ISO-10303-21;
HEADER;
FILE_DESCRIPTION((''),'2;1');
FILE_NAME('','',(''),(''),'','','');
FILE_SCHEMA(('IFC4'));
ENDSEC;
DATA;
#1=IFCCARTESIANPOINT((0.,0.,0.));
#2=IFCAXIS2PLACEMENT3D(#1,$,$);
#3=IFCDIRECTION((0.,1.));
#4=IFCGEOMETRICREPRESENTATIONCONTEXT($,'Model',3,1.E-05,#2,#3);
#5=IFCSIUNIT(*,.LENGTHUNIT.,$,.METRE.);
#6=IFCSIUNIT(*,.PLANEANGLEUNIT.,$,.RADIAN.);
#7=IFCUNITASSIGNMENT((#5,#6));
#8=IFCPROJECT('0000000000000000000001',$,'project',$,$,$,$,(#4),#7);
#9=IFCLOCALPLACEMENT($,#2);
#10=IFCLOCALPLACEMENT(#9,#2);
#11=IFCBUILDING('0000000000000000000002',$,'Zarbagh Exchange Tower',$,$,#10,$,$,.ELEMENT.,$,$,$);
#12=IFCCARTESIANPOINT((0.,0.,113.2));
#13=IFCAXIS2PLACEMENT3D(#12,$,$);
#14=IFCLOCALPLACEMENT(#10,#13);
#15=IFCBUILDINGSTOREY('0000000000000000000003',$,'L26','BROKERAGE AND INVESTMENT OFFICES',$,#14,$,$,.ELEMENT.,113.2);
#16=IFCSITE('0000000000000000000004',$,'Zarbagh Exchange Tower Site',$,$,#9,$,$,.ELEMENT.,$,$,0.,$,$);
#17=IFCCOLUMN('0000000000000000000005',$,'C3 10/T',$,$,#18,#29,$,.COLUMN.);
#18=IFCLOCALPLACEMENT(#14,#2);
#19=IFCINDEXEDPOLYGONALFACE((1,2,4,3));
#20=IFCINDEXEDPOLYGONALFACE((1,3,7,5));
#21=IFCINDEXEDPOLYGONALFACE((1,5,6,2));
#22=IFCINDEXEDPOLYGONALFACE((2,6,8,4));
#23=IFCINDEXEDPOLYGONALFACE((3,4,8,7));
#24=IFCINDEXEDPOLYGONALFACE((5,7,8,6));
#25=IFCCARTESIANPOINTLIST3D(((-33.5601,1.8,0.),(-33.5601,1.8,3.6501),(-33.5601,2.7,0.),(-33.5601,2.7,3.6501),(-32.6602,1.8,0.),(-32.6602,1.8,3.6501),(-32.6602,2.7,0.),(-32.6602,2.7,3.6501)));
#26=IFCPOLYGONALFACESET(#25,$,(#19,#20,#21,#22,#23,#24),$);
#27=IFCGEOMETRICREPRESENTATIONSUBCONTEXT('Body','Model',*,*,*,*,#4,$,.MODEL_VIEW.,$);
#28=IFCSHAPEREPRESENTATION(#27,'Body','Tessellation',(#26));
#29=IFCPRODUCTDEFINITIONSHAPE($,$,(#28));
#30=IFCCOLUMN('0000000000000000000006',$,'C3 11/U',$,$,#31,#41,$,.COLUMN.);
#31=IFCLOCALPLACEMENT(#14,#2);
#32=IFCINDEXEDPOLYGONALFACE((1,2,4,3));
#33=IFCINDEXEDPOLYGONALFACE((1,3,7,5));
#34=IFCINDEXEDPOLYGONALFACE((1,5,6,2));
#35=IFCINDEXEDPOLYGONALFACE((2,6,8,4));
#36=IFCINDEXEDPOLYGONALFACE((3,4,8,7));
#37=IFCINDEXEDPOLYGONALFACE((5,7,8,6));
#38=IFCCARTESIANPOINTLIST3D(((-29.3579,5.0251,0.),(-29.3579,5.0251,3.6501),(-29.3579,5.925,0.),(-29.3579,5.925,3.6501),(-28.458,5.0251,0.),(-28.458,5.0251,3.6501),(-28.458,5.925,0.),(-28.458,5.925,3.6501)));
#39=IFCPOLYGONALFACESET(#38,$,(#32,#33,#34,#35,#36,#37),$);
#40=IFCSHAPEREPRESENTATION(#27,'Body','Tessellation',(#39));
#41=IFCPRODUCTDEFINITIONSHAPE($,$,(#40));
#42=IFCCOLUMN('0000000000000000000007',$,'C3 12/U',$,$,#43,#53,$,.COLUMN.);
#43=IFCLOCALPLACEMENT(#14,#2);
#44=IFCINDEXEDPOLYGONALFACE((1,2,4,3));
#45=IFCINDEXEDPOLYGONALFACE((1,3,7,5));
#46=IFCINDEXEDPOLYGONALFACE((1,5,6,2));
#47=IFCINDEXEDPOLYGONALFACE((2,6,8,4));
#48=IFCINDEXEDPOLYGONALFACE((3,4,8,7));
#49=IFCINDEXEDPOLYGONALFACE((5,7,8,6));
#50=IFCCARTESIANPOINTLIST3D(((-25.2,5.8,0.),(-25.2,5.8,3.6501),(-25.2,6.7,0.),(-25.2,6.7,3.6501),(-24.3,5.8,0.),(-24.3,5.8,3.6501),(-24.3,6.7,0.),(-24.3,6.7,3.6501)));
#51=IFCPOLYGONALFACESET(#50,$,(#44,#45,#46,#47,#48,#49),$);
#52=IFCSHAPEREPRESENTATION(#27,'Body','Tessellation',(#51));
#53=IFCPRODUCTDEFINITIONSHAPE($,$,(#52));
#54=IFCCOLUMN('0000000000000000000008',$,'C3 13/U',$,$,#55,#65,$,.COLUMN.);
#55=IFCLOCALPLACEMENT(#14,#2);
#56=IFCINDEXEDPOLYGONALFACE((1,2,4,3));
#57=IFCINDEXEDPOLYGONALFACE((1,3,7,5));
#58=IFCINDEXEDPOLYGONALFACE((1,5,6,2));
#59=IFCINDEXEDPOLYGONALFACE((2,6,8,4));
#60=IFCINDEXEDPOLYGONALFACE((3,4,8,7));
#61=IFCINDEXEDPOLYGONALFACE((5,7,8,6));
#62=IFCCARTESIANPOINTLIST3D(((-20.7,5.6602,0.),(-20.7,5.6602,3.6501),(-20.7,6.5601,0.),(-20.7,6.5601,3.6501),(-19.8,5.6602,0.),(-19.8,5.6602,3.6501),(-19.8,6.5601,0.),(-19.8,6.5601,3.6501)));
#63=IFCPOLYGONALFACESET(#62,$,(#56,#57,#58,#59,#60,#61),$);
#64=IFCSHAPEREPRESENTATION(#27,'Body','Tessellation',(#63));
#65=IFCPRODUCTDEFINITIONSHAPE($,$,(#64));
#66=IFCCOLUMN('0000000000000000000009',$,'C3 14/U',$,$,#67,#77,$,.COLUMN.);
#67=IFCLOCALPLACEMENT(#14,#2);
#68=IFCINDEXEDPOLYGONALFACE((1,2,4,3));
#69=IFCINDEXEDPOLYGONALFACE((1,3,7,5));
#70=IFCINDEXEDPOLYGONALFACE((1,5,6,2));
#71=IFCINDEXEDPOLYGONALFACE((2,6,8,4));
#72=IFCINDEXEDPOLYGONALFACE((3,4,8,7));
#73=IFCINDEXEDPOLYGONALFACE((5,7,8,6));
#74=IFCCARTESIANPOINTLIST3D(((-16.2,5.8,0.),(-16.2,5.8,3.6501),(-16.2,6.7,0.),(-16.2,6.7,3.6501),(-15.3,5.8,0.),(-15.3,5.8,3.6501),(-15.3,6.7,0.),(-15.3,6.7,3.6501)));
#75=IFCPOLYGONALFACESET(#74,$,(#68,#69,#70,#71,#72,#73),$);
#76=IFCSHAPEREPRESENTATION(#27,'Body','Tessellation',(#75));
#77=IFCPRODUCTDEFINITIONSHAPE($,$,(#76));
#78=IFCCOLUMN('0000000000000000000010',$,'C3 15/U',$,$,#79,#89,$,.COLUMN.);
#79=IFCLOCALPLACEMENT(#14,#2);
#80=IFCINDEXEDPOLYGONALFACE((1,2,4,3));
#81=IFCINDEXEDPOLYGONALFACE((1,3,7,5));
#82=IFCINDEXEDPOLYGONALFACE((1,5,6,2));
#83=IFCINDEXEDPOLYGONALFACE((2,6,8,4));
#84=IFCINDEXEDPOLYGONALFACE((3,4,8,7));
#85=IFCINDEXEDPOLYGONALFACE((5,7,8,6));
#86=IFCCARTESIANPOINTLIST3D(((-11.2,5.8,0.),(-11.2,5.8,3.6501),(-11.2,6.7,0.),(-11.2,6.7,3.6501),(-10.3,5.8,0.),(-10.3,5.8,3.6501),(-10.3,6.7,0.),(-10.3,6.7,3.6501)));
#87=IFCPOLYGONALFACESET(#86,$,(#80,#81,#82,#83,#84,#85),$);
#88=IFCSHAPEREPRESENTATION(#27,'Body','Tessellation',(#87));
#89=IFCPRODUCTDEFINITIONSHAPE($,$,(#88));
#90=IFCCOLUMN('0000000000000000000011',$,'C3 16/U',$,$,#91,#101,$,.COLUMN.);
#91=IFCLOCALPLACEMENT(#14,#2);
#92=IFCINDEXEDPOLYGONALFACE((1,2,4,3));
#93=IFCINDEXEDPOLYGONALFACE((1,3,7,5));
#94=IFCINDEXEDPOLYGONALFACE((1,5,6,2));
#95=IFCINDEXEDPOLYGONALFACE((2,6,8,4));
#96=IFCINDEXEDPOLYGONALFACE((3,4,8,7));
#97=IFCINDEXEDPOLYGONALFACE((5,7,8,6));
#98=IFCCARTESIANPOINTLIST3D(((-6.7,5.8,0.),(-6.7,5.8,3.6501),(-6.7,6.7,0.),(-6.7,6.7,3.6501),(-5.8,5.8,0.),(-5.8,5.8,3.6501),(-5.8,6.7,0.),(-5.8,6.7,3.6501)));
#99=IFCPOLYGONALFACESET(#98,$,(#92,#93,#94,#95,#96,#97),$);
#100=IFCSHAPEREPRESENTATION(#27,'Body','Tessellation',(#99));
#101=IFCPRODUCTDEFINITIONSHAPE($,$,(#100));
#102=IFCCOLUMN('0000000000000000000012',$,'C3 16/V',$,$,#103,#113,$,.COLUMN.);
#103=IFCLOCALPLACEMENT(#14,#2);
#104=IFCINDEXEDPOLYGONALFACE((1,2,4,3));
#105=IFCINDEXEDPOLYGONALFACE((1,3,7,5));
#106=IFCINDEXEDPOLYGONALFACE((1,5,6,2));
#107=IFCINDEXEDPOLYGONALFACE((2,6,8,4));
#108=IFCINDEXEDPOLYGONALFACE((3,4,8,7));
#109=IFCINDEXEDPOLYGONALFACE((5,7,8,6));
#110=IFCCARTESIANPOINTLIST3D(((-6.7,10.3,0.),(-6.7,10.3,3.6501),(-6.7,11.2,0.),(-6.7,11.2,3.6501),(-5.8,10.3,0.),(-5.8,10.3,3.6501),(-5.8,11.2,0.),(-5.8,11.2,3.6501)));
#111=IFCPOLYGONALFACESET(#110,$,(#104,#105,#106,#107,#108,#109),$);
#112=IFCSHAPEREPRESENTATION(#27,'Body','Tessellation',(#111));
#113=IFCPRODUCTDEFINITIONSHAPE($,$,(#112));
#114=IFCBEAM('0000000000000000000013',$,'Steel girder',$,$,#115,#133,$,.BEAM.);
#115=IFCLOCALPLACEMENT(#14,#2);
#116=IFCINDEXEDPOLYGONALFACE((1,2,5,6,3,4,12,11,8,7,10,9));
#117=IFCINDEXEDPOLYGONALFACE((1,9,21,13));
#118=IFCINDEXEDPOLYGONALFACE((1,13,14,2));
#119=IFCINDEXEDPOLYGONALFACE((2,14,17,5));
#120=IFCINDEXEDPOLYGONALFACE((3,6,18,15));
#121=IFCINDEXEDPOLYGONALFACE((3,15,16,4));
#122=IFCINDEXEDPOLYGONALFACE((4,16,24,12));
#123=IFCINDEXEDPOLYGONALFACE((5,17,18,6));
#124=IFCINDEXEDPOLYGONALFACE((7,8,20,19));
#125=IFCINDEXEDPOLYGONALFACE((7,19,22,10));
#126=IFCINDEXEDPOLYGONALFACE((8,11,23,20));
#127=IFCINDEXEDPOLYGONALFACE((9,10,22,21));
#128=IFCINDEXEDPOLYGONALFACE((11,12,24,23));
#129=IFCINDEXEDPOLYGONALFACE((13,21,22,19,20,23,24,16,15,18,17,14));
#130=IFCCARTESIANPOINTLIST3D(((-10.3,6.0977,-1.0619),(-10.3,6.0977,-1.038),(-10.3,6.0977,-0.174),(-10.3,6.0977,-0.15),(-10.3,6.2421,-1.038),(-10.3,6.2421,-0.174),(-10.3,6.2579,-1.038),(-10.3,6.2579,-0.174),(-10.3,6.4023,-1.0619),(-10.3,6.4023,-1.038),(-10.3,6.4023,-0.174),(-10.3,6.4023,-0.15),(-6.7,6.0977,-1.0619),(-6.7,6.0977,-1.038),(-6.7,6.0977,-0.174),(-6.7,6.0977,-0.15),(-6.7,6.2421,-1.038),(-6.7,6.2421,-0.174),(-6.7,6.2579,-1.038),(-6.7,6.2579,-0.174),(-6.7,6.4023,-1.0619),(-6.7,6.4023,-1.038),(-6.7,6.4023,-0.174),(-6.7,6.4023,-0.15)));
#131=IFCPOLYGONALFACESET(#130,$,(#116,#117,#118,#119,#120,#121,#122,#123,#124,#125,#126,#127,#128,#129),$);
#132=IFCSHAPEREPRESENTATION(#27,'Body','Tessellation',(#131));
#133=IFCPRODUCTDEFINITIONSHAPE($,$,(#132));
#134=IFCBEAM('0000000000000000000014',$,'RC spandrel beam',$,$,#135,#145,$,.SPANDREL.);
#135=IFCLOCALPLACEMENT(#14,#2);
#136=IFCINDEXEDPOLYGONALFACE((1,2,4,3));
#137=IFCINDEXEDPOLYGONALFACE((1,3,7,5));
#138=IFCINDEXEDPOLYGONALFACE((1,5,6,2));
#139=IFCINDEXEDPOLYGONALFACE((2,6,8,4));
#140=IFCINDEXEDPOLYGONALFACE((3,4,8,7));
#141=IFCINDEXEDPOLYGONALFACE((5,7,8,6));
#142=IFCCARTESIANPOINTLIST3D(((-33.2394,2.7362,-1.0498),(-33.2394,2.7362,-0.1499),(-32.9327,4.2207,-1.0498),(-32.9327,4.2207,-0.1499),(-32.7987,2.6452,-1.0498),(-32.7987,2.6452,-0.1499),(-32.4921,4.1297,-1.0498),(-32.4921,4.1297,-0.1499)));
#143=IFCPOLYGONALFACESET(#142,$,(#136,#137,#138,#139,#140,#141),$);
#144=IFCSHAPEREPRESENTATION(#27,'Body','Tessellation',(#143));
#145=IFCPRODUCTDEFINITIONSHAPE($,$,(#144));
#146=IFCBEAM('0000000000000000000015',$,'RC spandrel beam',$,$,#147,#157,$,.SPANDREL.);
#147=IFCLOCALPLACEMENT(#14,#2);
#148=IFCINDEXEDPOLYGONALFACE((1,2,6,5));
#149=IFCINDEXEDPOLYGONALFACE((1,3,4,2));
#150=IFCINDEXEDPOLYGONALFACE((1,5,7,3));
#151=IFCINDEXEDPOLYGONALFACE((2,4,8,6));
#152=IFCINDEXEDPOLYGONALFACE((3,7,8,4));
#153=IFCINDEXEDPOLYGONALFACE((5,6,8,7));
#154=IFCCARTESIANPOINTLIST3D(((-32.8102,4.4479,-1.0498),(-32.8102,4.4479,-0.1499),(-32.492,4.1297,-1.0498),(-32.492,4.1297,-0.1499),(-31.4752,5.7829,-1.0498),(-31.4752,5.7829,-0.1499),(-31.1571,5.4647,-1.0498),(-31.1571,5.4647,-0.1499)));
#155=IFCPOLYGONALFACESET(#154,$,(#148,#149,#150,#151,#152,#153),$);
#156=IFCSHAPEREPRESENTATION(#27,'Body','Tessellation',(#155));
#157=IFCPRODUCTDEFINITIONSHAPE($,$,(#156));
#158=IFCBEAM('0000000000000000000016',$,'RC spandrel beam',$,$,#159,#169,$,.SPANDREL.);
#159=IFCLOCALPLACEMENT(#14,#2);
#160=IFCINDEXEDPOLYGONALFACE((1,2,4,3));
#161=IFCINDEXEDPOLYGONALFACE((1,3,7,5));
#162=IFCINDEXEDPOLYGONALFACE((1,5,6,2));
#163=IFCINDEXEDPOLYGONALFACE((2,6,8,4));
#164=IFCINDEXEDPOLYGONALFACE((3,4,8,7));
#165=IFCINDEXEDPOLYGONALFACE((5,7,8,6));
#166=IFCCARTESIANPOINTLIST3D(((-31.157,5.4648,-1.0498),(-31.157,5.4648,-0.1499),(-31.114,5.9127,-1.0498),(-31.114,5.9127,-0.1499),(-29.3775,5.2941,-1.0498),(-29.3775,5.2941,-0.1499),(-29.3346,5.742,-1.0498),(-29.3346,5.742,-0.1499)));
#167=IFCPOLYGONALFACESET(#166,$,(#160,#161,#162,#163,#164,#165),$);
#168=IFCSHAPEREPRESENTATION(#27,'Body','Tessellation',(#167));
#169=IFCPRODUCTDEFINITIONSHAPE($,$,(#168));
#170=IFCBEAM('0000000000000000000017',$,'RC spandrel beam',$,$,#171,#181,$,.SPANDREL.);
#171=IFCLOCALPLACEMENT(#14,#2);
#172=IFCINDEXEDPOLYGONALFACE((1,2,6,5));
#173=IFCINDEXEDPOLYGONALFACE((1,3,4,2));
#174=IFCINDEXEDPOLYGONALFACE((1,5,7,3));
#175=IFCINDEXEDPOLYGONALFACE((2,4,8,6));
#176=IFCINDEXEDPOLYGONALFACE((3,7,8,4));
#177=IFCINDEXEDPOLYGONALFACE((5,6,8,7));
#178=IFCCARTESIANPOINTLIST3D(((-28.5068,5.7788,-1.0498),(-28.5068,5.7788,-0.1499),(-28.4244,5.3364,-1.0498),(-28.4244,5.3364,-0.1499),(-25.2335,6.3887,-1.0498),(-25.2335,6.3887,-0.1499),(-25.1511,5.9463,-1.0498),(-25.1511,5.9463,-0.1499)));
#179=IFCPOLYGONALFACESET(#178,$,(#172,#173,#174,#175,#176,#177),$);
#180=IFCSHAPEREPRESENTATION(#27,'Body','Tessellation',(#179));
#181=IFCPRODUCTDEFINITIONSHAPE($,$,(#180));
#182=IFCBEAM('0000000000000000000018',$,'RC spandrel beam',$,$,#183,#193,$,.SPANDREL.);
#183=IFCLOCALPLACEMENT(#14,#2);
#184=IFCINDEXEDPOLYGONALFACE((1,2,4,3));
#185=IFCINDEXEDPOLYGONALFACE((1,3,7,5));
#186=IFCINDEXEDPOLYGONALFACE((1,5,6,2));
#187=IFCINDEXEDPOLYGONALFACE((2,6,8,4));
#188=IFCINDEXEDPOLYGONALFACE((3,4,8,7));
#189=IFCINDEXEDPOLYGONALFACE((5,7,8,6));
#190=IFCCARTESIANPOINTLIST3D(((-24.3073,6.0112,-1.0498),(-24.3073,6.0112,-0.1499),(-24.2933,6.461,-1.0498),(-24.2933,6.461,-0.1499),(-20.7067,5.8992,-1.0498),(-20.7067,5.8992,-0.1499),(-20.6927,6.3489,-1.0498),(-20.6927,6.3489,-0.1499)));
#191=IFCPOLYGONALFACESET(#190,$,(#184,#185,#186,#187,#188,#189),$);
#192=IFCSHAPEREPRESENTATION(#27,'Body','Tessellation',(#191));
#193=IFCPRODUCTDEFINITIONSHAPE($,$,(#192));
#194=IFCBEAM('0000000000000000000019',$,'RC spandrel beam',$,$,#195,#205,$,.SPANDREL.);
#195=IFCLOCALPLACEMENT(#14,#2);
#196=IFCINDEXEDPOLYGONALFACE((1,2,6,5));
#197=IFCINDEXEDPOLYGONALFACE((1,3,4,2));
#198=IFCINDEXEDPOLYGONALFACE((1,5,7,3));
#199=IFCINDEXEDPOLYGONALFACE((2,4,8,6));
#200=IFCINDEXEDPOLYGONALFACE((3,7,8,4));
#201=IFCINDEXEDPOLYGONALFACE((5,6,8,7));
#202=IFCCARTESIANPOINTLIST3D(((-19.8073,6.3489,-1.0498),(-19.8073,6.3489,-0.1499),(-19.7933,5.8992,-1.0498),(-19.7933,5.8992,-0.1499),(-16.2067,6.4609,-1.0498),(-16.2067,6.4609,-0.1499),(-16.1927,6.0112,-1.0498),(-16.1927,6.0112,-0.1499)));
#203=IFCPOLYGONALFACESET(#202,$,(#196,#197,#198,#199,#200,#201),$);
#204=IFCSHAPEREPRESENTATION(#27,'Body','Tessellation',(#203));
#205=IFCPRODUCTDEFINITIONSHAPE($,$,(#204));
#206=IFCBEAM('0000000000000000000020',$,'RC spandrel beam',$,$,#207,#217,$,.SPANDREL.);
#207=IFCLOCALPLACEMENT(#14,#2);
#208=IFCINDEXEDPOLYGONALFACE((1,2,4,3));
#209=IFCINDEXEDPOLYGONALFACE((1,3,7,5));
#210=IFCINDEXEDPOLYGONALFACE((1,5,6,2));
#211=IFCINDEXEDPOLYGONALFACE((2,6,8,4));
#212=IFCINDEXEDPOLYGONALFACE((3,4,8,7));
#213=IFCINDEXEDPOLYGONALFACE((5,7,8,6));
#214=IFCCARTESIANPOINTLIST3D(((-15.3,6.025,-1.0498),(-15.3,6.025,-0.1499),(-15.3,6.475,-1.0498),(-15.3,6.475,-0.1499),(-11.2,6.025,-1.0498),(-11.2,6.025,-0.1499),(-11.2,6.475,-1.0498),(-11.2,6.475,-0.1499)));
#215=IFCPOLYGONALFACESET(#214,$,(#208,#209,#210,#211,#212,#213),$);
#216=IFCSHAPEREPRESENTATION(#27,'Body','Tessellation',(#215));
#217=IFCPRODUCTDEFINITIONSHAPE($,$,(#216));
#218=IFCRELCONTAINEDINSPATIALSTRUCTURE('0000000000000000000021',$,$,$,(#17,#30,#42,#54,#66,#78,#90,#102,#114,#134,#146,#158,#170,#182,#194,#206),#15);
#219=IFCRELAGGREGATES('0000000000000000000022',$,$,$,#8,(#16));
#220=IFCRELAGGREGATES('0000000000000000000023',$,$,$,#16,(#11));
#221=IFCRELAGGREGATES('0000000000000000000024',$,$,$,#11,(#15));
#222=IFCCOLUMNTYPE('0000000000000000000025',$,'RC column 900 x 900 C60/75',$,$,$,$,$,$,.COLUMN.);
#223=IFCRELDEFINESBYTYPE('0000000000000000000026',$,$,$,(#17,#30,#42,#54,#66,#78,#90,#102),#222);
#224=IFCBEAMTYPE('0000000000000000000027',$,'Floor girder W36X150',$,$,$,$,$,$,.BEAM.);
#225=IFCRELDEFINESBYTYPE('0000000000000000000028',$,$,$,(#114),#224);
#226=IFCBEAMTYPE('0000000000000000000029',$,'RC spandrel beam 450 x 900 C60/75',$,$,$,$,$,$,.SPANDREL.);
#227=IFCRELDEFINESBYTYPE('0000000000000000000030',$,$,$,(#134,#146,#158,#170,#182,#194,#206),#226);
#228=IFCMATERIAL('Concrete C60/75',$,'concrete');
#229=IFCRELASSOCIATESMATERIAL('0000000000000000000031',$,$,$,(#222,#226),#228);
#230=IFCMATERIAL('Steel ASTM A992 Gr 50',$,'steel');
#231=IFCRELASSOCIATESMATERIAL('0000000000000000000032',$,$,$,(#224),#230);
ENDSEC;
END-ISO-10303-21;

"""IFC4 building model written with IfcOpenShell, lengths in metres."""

from ifc_helpers import new_model, si_unit, direction, frame, origin, origin_2d, place, context, subcontext, project, spatial, rectangle, i_section, extrude, material, material_profile, profile_set, type_object, element, save


model = new_model("IFC4")

# Units and contexts
model_context = context("Model", 3, precision=1e-05, world=origin(), true_north=direction((0.0, 1.0)))
body_context = subcontext(model_context, "Body", "Model", "MODEL_VIEW")
ifc_project = project(units=[si_unit("LENGTHUNIT", "METRE"), si_unit("PLANEANGLEUNIT", "RADIAN")], contexts=[model_context])

# Site, building, storey
site_placement = place(None, origin())
site = spatial("IfcSite", under=ifc_project, at=site_placement, Name="Zarbagh Exchange Tower Site", CompositionType="ELEMENT", RefElevation=0.0)
building_placement = place(site_placement, origin())
building = spatial("IfcBuilding", under=site, at=building_placement, Name="Zarbagh Exchange Tower", CompositionType="ELEMENT")
storey_placement = place(building_placement, frame((0.0, 0.0, 113.2)))
storey = spatial("IfcBuildingStorey", under=building, at=storey_placement, Name="L26", Description="BROKERAGE AND INVESTMENT OFFICES", CompositionType="ELEMENT", Elevation=113.2)

# Columns
ifc_material_1 = material(Name="Concrete C60/75", Category="concrete")
ifc_material_profile_1 = material_profile(ifc_material_1, rectangle(XDim=0.8999, YDim=0.8999, at=origin_2d()), Name="RC column 900 x 900 C60/75")
ifc_profile_set_1 = profile_set([ifc_material_profile_1], Name="Concrete C60/75")
column_type = type_object("IfcColumnType", Name="RC column 900 x 900 C60/75", PredefinedType="COLUMN", material=ifc_profile_set_1)
for number, where, z_axis, x_axis, name in (
    (1, (-33.1101, 2.25, 0.0), (0.0, 0.0, 1.0), (1.0, 0.0, 0.0), "C3 10/T"),
    (2, (-28.908, 5.4751, 0.0), (0.0, 0.0, 1.0), (1.0, 0.0, 0.0), "C3 11/U"),
    (3, (-24.75, 6.25, 0.0), (0.0, 0.0, 1.0), (1.0, 0.0, 0.0), "C3 12/U"),
    (4, (-20.25, 6.1101, 0.0), (0.0, 0.0, 1.0), (1.0, 0.0, 0.0), "C3 13/U"),
    (5, (-15.75, 6.25, 0.0), (0.0, 0.0, 1.0), (1.0, 0.0, 0.0), "C3 14/U"),
    (6, (-10.75, 6.25, 0.0), (0.0, 0.0, 1.0), (1.0, 0.0, 0.0), "C3 15/U"),
    (7, (-6.25, 6.25, 0.0), (0.0, 0.0, 1.0), (1.0, 0.0, 0.0), "C3 16/U"),
    (8, (-6.25, 10.75, 0.0), (0.0, 0.0, 1.0), (1.0, 0.0, 0.0), "C3 16/V"),
):
    element("IfcColumn", number, at=place(storey_placement, frame(where, z_axis=z_axis, x_axis=x_axis)), inside=storey, type_object=column_type, Name=name, PredefinedType="COLUMN", context=body_context, shape_type="SweptSolid", body=[
        extrude(rectangle(XDim=0.8999, YDim=0.8999, at=origin_2d()), origin(), (0.0, 0.0, 1.0), 3.6501),
    ])

# Beams
ifc_material_2 = material(Name="Steel ASTM A992 Gr 50", Category="steel")
ifc_material_profile_2 = material_profile(ifc_material_2, i_section(OverallWidth=0.3047, OverallDepth=0.9119, WebThickness=0.0159, FlangeThickness=0.0239, at=origin_2d()), Name="W36X150")
ifc_profile_set_2 = profile_set([ifc_material_profile_2], Name="Steel ASTM A992 Gr 50")
beam_type_1 = type_object("IfcBeamType", Name="Floor girder W36X150", PredefinedType="BEAM", material=ifc_profile_set_2)
beam_1_placement = place(storey_placement, frame((-10.3, 6.25, -0.606), z_axis=(1.0, 0.0, 0.0), x_axis=(0.0, 1.0, 0.0)))
element("IfcBeam", 9, at=beam_1_placement, inside=storey, type_object=beam_type_1, Name="Steel girder", PredefinedType="BEAM", context=body_context, shape_type="SweptSolid", body=[
    extrude(i_section(OverallWidth=0.3047, OverallDepth=0.9119, WebThickness=0.0159, FlangeThickness=0.0239, at=origin_2d()), origin(), (0.0, 0.0, 1.0), 3.6001),
])
ifc_material_profile_3 = material_profile(ifc_material_1, rectangle(XDim=0.45, YDim=0.8999, at=origin_2d()), Name="RC spandrel beam 450 x 900 C60/75")
ifc_profile_set_3 = profile_set([ifc_material_profile_3], Name="Concrete C60/75")
beam_type_2 = type_object("IfcBeamType", Name="RC spandrel beam 450 x 900 C60/75", PredefinedType="SPANDREL", material=ifc_profile_set_3)
beam_2_placement = place(storey_placement, frame((-33.019, 2.6907, -0.5999), z_axis=(0.202275, 0.979329, 0.0), x_axis=(-0.979329, 0.202275, 0.0)))
element("IfcBeam", 10, at=beam_2_placement, inside=storey, type_object=beam_type_2, Name="RC spandrel beam", PredefinedType="SPANDREL", context=body_context, shape_type="SweptSolid", body=[
    extrude(rectangle(XDim=0.45, YDim=0.8999, at=origin_2d()), origin(), (0.0, 0.0, 1.0), 1.5159),
])
beam_3_placement = place(storey_placement, frame((-32.6511, 4.2888, -0.5999), z_axis=(0.707107, 0.707107, 0.0), x_axis=(-0.707107, 0.707107, 0.0)))
element("IfcBeam", 11, at=beam_3_placement, inside=storey, type_object=beam_type_2, Name="RC spandrel beam", PredefinedType="SPANDREL", context=body_context, shape_type="SweptSolid", body=[
    extrude(rectangle(XDim=0.45, YDim=0.8999, at=origin_2d()), origin(), (0.0, 0.0, 1.0), 1.8879),
])
beam_4_placement = place(storey_placement, frame((-31.1355, 5.6887, -0.5999), z_axis=(0.995433, -0.09546, 0.0), x_axis=(0.09546, 0.995433, 0.0)))
element("IfcBeam", 12, at=beam_4_placement, inside=storey, type_object=beam_type_2, Name="RC spandrel beam", PredefinedType="SPANDREL", context=body_context, shape_type="SweptSolid", body=[
    extrude(rectangle(XDim=0.45, YDim=0.8999, at=origin_2d()), origin(), (0.0, 0.0, 1.0), 1.7876),
])
beam_5_placement = place(storey_placement, frame((-28.4656, 5.5576, -0.5999), z_axis=(0.983082, 0.183168, 0.0), x_axis=(-0.183168, 0.983082, 0.0)))
element("IfcBeam", 13, at=beam_5_placement, inside=storey, type_object=beam_type_2, Name="RC spandrel beam", PredefinedType="SPANDREL", context=body_context, shape_type="SweptSolid", body=[
    extrude(rectangle(XDim=0.45, YDim=0.8999, at=origin_2d()), origin(), (0.0, 0.0, 1.0), 3.3296),
])
for number, where, z_axis, x_axis, name in (
    (14, (-24.3003, 6.2361, -0.5999), (0.999516, -0.031108, 0.0), (0.031108, 0.999516, 0.0), "RC spandrel beam"),
    (15, (-19.8003, 6.124, -0.5999), (0.999516, 0.031108, 0.0), (-0.031108, 0.999516, 0.0), "RC spandrel beam"),
):
    element("IfcBeam", number, at=place(storey_placement, frame(where, z_axis=z_axis, x_axis=x_axis)), inside=storey, type_object=beam_type_2, Name=name, PredefinedType="SPANDREL", context=body_context, shape_type="SweptSolid", body=[
        extrude(rectangle(XDim=0.45, YDim=0.8999, at=origin_2d()), origin(), (0.0, 0.0, 1.0), 3.6023),
    ])
beam_6_placement = place(storey_placement, frame((-15.3, 6.25, -0.5999), z_axis=(1.0, 0.0, 0.0), x_axis=(0.0, 1.0, 0.0)))
element("IfcBeam", 16, at=beam_6_placement, inside=storey, type_object=beam_type_2, Name="RC spandrel beam", PredefinedType="SPANDREL", context=body_context, shape_type="SweptSolid", body=[
    extrude(rectangle(XDim=0.45, YDim=0.8999, at=origin_2d()), origin(), (0.0, 0.0, 1.0), 4.1001),
])

save(model, "model.ifc")
